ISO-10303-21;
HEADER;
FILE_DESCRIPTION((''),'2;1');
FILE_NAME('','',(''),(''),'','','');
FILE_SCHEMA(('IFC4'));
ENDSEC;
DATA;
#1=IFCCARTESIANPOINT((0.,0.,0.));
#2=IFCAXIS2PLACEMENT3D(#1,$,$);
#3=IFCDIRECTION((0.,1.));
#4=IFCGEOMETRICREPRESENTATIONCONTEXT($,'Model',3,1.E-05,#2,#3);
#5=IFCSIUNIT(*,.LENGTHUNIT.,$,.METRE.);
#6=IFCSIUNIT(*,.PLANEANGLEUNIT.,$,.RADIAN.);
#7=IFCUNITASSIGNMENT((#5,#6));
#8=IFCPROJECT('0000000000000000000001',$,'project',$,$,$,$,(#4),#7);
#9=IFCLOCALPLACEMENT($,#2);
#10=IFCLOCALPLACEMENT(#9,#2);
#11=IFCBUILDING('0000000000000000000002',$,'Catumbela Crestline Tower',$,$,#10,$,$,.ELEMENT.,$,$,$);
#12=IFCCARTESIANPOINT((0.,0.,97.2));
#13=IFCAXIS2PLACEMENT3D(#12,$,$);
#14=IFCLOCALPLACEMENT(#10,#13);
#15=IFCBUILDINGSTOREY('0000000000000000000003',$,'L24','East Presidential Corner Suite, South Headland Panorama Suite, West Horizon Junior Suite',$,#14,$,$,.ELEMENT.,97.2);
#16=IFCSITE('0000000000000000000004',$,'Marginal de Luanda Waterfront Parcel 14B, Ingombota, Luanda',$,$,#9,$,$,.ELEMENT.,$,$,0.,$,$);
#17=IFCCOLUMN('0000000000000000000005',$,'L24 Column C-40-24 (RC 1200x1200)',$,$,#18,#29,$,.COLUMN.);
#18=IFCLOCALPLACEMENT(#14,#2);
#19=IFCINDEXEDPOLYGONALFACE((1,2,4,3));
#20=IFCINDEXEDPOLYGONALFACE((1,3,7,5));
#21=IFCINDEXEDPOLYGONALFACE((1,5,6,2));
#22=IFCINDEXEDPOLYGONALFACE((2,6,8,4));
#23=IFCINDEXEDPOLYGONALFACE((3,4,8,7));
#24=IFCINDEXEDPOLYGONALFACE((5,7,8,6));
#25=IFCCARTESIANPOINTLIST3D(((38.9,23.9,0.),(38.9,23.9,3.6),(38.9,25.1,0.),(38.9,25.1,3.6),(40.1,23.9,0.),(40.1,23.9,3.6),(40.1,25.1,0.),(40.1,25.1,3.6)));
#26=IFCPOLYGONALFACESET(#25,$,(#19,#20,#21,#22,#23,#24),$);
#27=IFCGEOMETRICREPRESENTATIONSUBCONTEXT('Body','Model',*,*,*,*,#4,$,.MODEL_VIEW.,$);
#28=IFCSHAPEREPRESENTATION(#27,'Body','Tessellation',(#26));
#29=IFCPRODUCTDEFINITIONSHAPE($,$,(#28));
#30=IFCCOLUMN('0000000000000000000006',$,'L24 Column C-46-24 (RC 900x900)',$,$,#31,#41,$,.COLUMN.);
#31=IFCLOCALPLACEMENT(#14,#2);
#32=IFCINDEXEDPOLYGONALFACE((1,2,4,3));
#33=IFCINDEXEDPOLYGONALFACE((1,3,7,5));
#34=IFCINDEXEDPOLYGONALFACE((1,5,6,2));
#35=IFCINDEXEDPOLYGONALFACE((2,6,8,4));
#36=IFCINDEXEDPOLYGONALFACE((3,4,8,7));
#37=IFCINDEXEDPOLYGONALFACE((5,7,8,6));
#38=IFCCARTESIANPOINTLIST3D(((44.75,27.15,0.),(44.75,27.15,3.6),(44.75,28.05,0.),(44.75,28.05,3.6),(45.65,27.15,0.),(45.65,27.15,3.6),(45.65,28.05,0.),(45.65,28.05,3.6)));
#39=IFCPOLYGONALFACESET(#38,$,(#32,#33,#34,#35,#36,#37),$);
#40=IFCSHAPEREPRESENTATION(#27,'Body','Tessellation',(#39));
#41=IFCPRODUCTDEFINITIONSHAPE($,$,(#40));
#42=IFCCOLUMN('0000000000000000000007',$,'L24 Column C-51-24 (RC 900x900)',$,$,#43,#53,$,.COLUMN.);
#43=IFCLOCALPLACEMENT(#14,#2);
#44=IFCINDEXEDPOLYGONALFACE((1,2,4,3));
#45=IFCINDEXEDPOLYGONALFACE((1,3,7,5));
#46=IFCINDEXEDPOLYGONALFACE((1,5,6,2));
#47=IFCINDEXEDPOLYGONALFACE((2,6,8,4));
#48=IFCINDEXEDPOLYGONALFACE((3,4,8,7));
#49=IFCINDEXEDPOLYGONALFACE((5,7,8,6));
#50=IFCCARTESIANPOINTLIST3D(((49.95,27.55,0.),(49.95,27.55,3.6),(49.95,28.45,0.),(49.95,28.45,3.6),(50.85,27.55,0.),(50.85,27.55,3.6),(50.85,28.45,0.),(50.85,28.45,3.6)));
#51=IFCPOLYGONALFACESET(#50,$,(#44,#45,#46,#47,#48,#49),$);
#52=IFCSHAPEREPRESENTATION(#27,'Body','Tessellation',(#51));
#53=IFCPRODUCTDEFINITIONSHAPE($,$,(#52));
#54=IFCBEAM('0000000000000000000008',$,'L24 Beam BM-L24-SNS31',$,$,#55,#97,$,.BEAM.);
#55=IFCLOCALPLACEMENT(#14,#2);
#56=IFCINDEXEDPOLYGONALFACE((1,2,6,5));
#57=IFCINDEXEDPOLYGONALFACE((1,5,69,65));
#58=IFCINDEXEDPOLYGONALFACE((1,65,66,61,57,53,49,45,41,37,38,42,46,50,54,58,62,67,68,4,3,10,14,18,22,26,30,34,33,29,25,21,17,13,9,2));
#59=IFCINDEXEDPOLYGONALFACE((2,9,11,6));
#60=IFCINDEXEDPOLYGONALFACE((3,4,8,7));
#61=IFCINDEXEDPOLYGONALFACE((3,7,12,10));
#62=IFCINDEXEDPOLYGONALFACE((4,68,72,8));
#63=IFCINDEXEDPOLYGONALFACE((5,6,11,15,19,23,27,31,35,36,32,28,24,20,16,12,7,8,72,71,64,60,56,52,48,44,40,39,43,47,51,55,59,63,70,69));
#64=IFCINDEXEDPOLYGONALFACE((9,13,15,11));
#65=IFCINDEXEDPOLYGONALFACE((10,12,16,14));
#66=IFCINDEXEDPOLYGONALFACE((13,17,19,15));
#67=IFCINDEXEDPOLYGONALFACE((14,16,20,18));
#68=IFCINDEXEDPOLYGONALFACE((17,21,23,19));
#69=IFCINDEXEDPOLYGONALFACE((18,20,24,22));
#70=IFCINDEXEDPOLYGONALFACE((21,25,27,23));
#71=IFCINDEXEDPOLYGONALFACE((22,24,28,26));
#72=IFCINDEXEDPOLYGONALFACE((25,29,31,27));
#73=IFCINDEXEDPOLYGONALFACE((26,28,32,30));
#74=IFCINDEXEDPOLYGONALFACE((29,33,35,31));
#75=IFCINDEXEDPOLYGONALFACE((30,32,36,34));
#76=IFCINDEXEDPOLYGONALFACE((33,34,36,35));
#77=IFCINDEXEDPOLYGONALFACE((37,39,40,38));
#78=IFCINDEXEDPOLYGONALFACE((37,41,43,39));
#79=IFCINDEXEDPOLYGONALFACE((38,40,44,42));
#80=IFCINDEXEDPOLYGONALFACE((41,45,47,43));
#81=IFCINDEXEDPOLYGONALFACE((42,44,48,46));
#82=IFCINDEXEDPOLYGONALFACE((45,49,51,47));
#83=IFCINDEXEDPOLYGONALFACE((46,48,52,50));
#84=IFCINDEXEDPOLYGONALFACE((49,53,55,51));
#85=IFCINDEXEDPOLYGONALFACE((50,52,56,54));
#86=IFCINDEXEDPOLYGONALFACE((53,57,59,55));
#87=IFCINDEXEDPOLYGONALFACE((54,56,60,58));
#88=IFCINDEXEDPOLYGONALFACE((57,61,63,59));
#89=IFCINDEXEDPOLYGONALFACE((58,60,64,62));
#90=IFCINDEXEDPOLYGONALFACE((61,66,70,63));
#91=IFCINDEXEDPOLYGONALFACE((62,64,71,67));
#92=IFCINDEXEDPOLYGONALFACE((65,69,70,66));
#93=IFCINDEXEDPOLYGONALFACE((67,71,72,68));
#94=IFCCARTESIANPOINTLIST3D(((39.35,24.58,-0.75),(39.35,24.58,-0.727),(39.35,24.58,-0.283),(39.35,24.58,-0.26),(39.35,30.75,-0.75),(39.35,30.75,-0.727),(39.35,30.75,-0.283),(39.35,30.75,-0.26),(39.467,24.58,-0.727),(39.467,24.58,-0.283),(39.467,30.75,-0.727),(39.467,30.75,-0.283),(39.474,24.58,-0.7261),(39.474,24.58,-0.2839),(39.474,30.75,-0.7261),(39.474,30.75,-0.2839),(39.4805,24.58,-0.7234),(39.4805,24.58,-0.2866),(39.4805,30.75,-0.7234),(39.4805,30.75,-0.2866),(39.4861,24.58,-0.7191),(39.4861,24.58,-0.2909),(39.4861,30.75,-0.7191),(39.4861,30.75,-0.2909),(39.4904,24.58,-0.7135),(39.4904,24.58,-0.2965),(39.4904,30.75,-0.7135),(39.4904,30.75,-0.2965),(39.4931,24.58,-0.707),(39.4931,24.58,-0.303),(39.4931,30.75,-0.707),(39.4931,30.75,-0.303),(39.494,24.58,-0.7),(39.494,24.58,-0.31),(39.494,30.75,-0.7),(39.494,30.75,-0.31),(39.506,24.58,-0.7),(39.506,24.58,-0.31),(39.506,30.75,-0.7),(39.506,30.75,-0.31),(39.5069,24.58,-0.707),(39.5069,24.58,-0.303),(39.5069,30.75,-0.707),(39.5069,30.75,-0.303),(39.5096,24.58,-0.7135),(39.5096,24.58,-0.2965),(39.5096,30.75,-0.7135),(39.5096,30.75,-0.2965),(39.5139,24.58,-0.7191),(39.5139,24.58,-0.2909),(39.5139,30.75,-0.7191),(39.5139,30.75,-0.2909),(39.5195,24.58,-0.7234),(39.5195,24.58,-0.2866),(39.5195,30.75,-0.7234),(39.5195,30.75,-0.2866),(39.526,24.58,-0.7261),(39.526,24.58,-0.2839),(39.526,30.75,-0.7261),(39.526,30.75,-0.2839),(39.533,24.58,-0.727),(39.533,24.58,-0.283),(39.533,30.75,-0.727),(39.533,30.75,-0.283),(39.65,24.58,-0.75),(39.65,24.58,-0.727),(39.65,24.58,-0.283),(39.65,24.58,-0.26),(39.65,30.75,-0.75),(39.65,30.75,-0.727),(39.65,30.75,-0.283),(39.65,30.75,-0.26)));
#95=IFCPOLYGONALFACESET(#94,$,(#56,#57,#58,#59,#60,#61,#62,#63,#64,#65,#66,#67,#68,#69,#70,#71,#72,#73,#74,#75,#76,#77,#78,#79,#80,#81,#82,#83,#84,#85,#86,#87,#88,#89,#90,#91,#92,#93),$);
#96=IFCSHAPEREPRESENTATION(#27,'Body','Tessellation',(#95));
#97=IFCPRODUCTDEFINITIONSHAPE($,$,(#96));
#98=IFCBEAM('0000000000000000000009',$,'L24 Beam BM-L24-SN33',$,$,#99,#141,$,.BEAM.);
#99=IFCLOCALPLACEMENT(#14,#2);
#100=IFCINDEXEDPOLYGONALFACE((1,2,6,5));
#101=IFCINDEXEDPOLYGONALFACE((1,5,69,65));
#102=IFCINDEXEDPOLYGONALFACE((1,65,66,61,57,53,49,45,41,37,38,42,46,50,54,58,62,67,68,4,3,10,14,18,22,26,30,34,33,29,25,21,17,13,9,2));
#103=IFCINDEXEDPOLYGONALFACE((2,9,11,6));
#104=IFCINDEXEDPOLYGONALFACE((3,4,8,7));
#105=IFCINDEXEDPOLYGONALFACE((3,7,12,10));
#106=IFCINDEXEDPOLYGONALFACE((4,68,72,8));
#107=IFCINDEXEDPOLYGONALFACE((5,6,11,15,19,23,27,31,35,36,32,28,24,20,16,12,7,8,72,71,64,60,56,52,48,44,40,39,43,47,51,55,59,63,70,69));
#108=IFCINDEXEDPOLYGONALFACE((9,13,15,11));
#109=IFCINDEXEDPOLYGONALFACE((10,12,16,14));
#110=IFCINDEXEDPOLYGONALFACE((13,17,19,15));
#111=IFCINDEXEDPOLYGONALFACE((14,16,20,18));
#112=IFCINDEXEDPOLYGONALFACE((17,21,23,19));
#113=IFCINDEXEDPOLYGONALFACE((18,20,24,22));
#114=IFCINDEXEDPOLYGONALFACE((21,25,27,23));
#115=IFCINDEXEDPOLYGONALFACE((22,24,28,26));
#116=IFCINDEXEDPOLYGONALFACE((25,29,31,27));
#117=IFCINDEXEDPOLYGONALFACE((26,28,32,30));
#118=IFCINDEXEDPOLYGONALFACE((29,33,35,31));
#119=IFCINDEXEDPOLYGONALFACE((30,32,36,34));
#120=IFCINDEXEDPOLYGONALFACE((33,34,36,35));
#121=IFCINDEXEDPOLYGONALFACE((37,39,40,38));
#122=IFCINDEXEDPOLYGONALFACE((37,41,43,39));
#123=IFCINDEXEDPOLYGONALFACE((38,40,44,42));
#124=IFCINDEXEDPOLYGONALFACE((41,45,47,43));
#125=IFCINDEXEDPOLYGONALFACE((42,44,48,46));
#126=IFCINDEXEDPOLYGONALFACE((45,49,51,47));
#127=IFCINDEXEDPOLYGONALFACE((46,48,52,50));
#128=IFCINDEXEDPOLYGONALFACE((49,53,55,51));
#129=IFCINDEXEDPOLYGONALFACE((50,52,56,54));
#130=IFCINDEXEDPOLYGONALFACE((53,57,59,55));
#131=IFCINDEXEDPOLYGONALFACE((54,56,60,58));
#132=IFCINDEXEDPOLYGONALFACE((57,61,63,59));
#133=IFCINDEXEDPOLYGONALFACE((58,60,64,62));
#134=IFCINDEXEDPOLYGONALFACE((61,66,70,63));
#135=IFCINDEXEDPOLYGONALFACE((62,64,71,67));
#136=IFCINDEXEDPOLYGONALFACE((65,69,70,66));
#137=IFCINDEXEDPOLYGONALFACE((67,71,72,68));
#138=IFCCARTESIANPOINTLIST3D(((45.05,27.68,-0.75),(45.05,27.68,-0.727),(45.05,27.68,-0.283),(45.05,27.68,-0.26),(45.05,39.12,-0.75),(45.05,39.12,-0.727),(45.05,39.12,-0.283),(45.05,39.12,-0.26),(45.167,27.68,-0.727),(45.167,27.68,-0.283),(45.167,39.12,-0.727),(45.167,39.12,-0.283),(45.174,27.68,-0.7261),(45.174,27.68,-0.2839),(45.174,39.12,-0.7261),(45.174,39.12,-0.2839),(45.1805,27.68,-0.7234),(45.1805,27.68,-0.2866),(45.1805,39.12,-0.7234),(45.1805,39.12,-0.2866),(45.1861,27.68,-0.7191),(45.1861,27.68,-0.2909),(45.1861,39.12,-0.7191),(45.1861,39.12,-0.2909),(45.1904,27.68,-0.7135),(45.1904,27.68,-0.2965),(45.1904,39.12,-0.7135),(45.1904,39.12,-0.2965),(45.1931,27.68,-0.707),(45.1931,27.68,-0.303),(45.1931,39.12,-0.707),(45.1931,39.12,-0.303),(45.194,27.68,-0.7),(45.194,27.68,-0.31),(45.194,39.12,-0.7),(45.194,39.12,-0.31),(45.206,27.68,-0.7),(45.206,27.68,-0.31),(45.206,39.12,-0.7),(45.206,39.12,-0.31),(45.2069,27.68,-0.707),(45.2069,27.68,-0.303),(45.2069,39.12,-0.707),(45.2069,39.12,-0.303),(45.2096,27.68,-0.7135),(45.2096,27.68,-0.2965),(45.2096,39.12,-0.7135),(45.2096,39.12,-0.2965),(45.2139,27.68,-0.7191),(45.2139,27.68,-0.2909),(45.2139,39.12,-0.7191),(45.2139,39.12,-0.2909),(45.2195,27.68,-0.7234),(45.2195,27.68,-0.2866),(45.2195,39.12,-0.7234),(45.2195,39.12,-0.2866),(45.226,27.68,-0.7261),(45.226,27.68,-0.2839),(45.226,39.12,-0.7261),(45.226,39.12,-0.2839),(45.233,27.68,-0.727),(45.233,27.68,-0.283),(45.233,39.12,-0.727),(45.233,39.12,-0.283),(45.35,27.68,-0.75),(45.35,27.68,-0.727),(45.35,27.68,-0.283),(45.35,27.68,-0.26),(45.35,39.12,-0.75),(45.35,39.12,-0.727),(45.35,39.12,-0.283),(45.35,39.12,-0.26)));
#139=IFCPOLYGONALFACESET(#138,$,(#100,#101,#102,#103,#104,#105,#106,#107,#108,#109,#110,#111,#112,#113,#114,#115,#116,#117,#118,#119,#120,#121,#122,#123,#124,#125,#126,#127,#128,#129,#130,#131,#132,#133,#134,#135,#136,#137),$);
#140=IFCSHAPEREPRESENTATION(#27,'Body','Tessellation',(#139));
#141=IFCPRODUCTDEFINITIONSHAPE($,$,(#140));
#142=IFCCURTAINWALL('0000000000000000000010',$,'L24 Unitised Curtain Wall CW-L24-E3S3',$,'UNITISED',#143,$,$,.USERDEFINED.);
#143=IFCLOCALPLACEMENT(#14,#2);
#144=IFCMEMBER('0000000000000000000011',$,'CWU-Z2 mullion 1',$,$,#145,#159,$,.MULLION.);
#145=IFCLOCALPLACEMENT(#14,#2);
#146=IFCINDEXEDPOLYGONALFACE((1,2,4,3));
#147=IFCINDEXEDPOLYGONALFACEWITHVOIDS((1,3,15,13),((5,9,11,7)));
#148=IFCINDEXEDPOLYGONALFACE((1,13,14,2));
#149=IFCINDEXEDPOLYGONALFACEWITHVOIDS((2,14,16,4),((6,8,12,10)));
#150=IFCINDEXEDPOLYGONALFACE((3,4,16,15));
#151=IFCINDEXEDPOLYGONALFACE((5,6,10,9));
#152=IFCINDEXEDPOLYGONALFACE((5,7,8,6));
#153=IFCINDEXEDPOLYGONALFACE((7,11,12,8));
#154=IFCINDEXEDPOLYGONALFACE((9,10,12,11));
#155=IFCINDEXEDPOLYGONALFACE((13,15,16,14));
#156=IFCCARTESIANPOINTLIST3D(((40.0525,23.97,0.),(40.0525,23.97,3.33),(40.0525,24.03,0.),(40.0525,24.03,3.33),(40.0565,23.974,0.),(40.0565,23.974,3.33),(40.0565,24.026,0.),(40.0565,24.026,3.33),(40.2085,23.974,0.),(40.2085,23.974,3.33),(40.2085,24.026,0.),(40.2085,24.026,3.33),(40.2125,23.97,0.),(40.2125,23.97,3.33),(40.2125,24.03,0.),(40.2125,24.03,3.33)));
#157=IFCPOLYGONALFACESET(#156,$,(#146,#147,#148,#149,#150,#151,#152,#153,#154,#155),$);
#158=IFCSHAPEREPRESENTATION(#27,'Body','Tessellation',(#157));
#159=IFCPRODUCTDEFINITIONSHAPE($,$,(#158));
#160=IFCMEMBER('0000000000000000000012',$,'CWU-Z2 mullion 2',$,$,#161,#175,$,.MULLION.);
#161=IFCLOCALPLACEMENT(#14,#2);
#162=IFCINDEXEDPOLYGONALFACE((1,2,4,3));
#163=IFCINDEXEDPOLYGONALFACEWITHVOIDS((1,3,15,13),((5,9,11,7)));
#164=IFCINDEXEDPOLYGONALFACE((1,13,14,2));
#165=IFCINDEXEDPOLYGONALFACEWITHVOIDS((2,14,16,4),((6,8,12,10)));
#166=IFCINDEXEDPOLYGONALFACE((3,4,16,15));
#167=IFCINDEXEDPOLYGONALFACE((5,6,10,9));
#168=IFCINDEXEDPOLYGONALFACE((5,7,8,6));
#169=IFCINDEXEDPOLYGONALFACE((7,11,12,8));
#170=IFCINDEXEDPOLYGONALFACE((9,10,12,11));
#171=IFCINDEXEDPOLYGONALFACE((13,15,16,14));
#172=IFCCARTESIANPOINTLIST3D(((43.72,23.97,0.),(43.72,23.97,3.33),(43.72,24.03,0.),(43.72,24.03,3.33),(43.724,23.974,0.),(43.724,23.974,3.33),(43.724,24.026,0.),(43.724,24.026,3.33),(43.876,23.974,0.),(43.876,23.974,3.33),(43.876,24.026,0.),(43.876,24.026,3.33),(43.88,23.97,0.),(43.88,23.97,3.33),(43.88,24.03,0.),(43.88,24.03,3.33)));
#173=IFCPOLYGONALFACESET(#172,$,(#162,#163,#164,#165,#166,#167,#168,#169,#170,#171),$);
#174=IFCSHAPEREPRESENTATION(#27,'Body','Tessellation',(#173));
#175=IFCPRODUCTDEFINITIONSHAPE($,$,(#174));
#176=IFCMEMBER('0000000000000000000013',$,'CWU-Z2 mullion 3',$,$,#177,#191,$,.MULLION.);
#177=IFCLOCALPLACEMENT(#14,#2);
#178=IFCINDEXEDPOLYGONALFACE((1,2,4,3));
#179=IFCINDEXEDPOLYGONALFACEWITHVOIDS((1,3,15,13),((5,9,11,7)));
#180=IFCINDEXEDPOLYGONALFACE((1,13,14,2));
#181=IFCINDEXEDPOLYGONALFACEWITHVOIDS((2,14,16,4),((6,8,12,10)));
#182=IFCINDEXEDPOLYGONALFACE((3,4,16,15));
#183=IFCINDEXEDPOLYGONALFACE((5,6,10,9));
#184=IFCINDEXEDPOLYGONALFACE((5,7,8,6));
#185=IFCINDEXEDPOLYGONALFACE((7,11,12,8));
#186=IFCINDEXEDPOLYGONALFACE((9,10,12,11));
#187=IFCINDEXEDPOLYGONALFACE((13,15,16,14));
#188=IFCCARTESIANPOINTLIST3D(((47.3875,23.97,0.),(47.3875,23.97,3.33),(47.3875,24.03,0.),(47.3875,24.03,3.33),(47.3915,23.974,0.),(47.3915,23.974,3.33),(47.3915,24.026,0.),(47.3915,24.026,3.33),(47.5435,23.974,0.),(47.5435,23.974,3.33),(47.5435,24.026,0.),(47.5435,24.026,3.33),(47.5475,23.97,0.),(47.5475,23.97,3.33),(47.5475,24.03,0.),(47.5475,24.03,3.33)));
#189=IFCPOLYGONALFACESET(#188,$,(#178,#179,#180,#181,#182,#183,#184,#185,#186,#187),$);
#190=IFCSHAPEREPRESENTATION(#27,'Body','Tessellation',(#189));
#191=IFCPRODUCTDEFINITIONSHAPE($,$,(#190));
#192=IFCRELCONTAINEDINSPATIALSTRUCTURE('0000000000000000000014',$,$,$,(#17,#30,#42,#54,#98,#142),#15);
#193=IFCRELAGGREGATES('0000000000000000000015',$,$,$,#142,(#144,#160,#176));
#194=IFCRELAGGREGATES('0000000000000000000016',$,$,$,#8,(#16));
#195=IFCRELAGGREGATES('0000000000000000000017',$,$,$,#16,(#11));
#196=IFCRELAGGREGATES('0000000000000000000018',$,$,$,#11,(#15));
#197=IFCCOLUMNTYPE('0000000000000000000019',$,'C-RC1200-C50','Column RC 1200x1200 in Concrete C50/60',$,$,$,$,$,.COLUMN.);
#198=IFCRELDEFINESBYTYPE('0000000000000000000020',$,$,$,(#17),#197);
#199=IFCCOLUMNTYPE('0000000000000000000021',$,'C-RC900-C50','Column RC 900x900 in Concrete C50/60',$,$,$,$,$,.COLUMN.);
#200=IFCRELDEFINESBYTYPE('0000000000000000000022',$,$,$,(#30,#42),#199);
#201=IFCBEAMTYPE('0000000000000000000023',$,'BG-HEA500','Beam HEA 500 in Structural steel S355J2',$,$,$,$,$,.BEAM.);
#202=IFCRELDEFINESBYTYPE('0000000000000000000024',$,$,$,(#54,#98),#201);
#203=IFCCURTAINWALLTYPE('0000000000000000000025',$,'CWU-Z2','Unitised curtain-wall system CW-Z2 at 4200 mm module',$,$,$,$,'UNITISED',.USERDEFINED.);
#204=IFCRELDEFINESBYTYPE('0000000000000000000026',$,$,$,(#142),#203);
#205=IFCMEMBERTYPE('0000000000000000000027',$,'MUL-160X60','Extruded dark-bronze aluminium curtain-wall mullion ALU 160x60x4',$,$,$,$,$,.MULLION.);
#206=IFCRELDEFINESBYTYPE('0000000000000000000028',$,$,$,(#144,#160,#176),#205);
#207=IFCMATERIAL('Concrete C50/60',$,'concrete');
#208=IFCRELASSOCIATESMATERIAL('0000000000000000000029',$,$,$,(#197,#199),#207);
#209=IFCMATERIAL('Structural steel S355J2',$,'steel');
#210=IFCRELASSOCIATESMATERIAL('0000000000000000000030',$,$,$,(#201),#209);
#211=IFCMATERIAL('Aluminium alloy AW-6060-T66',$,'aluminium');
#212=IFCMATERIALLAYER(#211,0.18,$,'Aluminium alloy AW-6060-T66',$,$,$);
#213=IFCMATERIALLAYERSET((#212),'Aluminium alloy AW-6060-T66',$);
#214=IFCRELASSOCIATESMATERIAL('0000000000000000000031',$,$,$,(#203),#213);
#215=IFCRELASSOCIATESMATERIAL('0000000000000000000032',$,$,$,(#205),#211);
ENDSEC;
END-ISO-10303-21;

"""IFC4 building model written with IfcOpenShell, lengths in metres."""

from ifc_helpers import new_model, si_unit, direction, frame, origin, origin_2d, place, context, subcontext, project, spatial, rectangle, hollow_rectangle, i_section, extrude, material, layer, layer_set, material_profile, profile_set, type_object, element, aggregate, save


model = new_model("IFC4")

# Units and contexts
model_context = context("Model", 3, precision=1e-05, world=origin(), true_north=direction((0.0, 1.0)))
body_context = subcontext(model_context, "Body", "Model", "MODEL_VIEW")
ifc_project = project(units=[si_unit("LENGTHUNIT", "METRE"), si_unit("PLANEANGLEUNIT", "RADIAN")], contexts=[model_context])

# Site, building, storey
site_placement = place(None, origin())
site = spatial("IfcSite", under=ifc_project, at=site_placement, Name="Marginal de Luanda Waterfront Parcel 14B, Ingombota, Luanda", CompositionType="ELEMENT", RefElevation=0.0)
building_placement = place(site_placement, origin())
building = spatial("IfcBuilding", under=site, at=building_placement, Name="Catumbela Crestline Tower", CompositionType="ELEMENT")
storey_placement = place(building_placement, frame((0.0, 0.0, 97.2)))
storey = spatial("IfcBuildingStorey", under=building, at=storey_placement, Name="L24", Description="East Presidential Corner Suite, South Headland Panorama Suite, West Horizon Junior Suite", CompositionType="ELEMENT", Elevation=97.2)

# Columns
ifc_material_1 = material(Name="Concrete C50/60", Category="concrete")
ifc_material_profile_1 = material_profile(ifc_material_1, rectangle(XDim=1.2, YDim=1.2, at=origin_2d()), Name="RC 1200x1200")
ifc_profile_set_1 = profile_set([ifc_material_profile_1], Name="Concrete C50/60")
column_type_1 = type_object("IfcColumnType", Name="C-RC1200-C50", Description="Column RC 1200x1200 in Concrete C50/60", PredefinedType="COLUMN", material=ifc_profile_set_1)
column_placement = place(storey_placement, frame((39.5, 24.5, 0.0), z_axis=(0.0, 0.0, 1.0), x_axis=(1.0, 0.0, 0.0)))
element("IfcColumn", 1, at=column_placement, inside=storey, type_object=column_type_1, Name="L24 Column C-40-24 (RC 1200x1200)", PredefinedType="COLUMN", context=body_context, shape_type="SweptSolid", body=[
    extrude(rectangle(XDim=1.2, YDim=1.2, at=origin_2d()), origin(), (0.0, 0.0, 1.0), 3.6),
])
ifc_material_profile_2 = material_profile(ifc_material_1, rectangle(XDim=0.9, YDim=0.9, at=origin_2d()), Name="RC 900x900")
ifc_profile_set_2 = profile_set([ifc_material_profile_2], Name="Concrete C50/60")
column_type_2 = type_object("IfcColumnType", Name="C-RC900-C50", Description="Column RC 900x900 in Concrete C50/60", PredefinedType="COLUMN", material=ifc_profile_set_2)
for number, where, z_axis, x_axis, name in (
    (2, (45.2, 27.6, 0.0), (0.0, 0.0, 1.0), (1.0, 0.0, 0.0), "L24 Column C-46-24 (RC 900x900)"),
    (3, (50.4, 28.0, 0.0), (0.0, 0.0, 1.0), (1.0, 0.0, 0.0), "L24 Column C-51-24 (RC 900x900)"),
):
    element("IfcColumn", number, at=place(storey_placement, frame(where, z_axis=z_axis, x_axis=x_axis)), inside=storey, type_object=column_type_2, Name=name, PredefinedType="COLUMN", context=body_context, shape_type="SweptSolid", body=[
        extrude(rectangle(XDim=0.9, YDim=0.9, at=origin_2d()), origin(), (0.0, 0.0, 1.0), 3.6),
    ])

# Beams
ifc_material_2 = material(Name="Structural steel S355J2", Category="steel")
ifc_material_profile_3 = material_profile(ifc_material_2, i_section(OverallWidth=0.3, OverallDepth=0.49, WebThickness=0.012, FlangeThickness=0.023, FilletRadius=0.027, at=origin_2d()), Name="HEA 500")
ifc_profile_set_3 = profile_set([ifc_material_profile_3], Name="Structural steel S355J2")
beam_type_1 = type_object("IfcBeamType", Name="BG-HEA500", Description="Beam HEA 500 in Structural steel S355J2", PredefinedType="BEAM", material=ifc_profile_set_3)
beam_1_placement = place(storey_placement, frame((39.5, 24.58, -0.505), z_axis=(0.0, 1.0, 0.0), x_axis=(-1.0, 0.0, 0.0)))
element("IfcBeam", 4, at=beam_1_placement, inside=storey, type_object=beam_type_1, Name="L24 Beam BM-L24-SNS31", PredefinedType="BEAM", context=body_context, shape_type="SweptSolid", body=[
    extrude(i_section(OverallWidth=0.3, OverallDepth=0.49, WebThickness=0.012, FlangeThickness=0.023, FilletRadius=0.027, at=origin_2d()), origin(), (0.0, 0.0, 1.0), 6.17),
])
beam_2_placement = place(storey_placement, frame((45.2, 27.68, -0.505), z_axis=(0.0, 1.0, 0.0), x_axis=(-1.0, 0.0, 0.0)))
element("IfcBeam", 5, at=beam_2_placement, inside=storey, type_object=beam_type_1, Name="L24 Beam BM-L24-SN33", PredefinedType="BEAM", context=body_context, shape_type="SweptSolid", body=[
    extrude(i_section(OverallWidth=0.3, OverallDepth=0.49, WebThickness=0.012, FlangeThickness=0.023, FilletRadius=0.027, at=origin_2d()), origin(), (0.0, 0.0, 1.0), 11.44),
])

# Curtain wall, members
ifc_material_3 = material(Name="Aluminium alloy AW-6060-T66", Category="aluminium")
ifc_layer_1 = layer(ifc_material_3, 0.18, Name="Aluminium alloy AW-6060-T66")
ifc_layer_set_1 = layer_set([ifc_layer_1], Name="Aluminium alloy AW-6060-T66")
curtain_wall_type = type_object("IfcCurtainWallType", Name="CWU-Z2", Description="Unitised curtain-wall system CW-Z2 at 4200 mm module", ElementType="UNITISED", PredefinedType="USERDEFINED", material=ifc_layer_set_1)
curtain_wall_1_placement = place(storey_placement, origin())
curtain_wall_1 = element("IfcCurtainWall", 6, at=curtain_wall_1_placement, inside=storey, type_object=curtain_wall_type, Name="L24 Unitised Curtain Wall CW-L24-E3S3", ObjectType="UNITISED", PredefinedType="USERDEFINED")
ifc_material_profile_4 = material_profile(ifc_material_3, hollow_rectangle(XDim=0.06, YDim=0.16, WallThickness=0.004, at=origin_2d()), Name="ALU 160x60x4")
ifc_profile_set_4 = profile_set([ifc_material_profile_4], Name="Aluminium alloy AW-6060-T66")
member_type_1 = type_object("IfcMemberType", Name="MUL-160X60", Description="Extruded dark-bronze aluminium curtain-wall mullion ALU 160x60x4", PredefinedType="MULLION", material=ifc_profile_set_4)
member_1_placement = place(storey_placement, frame((40.1325, 24.0, 0.0), z_axis=(0.0, 0.0, 1.0), x_axis=(0.0, 1.0, 0.0)))
member_1 = element("IfcMember", 7, at=member_1_placement, type_object=member_type_1, Name="CWU-Z2 mullion 1", PredefinedType="MULLION", context=body_context, shape_type="SweptSolid", body=[
    extrude(hollow_rectangle(XDim=0.06, YDim=0.16, WallThickness=0.004, at=origin_2d()), origin(), (0.0, 0.0, 1.0), 3.33),
])
member_2_placement = place(storey_placement, frame((43.8, 24.0, 0.0), z_axis=(0.0, 0.0, 1.0), x_axis=(0.0, 1.0, 0.0)))
member_2 = element("IfcMember", 8, at=member_2_placement, type_object=member_type_1, Name="CWU-Z2 mullion 2", PredefinedType="MULLION", context=body_context, shape_type="SweptSolid", body=[
    extrude(hollow_rectangle(XDim=0.06, YDim=0.16, WallThickness=0.004, at=origin_2d()), origin(), (0.0, 0.0, 1.0), 3.33),
])
member_3_placement = place(storey_placement, frame((47.4675, 24.0, 0.0), z_axis=(0.0, 0.0, 1.0), x_axis=(0.0, 1.0, 0.0)))
member_3 = element("IfcMember", 9, at=member_3_placement, type_object=member_type_1, Name="CWU-Z2 mullion 3", PredefinedType="MULLION", context=body_context, shape_type="SweptSolid", body=[
    extrude(hollow_rectangle(XDim=0.06, YDim=0.16, WallThickness=0.004, at=origin_2d()), origin(), (0.0, 0.0, 1.0), 3.33),
])

aggregate(curtain_wall_1, [member_1, member_2, member_3])

save(model, "model.ifc")
